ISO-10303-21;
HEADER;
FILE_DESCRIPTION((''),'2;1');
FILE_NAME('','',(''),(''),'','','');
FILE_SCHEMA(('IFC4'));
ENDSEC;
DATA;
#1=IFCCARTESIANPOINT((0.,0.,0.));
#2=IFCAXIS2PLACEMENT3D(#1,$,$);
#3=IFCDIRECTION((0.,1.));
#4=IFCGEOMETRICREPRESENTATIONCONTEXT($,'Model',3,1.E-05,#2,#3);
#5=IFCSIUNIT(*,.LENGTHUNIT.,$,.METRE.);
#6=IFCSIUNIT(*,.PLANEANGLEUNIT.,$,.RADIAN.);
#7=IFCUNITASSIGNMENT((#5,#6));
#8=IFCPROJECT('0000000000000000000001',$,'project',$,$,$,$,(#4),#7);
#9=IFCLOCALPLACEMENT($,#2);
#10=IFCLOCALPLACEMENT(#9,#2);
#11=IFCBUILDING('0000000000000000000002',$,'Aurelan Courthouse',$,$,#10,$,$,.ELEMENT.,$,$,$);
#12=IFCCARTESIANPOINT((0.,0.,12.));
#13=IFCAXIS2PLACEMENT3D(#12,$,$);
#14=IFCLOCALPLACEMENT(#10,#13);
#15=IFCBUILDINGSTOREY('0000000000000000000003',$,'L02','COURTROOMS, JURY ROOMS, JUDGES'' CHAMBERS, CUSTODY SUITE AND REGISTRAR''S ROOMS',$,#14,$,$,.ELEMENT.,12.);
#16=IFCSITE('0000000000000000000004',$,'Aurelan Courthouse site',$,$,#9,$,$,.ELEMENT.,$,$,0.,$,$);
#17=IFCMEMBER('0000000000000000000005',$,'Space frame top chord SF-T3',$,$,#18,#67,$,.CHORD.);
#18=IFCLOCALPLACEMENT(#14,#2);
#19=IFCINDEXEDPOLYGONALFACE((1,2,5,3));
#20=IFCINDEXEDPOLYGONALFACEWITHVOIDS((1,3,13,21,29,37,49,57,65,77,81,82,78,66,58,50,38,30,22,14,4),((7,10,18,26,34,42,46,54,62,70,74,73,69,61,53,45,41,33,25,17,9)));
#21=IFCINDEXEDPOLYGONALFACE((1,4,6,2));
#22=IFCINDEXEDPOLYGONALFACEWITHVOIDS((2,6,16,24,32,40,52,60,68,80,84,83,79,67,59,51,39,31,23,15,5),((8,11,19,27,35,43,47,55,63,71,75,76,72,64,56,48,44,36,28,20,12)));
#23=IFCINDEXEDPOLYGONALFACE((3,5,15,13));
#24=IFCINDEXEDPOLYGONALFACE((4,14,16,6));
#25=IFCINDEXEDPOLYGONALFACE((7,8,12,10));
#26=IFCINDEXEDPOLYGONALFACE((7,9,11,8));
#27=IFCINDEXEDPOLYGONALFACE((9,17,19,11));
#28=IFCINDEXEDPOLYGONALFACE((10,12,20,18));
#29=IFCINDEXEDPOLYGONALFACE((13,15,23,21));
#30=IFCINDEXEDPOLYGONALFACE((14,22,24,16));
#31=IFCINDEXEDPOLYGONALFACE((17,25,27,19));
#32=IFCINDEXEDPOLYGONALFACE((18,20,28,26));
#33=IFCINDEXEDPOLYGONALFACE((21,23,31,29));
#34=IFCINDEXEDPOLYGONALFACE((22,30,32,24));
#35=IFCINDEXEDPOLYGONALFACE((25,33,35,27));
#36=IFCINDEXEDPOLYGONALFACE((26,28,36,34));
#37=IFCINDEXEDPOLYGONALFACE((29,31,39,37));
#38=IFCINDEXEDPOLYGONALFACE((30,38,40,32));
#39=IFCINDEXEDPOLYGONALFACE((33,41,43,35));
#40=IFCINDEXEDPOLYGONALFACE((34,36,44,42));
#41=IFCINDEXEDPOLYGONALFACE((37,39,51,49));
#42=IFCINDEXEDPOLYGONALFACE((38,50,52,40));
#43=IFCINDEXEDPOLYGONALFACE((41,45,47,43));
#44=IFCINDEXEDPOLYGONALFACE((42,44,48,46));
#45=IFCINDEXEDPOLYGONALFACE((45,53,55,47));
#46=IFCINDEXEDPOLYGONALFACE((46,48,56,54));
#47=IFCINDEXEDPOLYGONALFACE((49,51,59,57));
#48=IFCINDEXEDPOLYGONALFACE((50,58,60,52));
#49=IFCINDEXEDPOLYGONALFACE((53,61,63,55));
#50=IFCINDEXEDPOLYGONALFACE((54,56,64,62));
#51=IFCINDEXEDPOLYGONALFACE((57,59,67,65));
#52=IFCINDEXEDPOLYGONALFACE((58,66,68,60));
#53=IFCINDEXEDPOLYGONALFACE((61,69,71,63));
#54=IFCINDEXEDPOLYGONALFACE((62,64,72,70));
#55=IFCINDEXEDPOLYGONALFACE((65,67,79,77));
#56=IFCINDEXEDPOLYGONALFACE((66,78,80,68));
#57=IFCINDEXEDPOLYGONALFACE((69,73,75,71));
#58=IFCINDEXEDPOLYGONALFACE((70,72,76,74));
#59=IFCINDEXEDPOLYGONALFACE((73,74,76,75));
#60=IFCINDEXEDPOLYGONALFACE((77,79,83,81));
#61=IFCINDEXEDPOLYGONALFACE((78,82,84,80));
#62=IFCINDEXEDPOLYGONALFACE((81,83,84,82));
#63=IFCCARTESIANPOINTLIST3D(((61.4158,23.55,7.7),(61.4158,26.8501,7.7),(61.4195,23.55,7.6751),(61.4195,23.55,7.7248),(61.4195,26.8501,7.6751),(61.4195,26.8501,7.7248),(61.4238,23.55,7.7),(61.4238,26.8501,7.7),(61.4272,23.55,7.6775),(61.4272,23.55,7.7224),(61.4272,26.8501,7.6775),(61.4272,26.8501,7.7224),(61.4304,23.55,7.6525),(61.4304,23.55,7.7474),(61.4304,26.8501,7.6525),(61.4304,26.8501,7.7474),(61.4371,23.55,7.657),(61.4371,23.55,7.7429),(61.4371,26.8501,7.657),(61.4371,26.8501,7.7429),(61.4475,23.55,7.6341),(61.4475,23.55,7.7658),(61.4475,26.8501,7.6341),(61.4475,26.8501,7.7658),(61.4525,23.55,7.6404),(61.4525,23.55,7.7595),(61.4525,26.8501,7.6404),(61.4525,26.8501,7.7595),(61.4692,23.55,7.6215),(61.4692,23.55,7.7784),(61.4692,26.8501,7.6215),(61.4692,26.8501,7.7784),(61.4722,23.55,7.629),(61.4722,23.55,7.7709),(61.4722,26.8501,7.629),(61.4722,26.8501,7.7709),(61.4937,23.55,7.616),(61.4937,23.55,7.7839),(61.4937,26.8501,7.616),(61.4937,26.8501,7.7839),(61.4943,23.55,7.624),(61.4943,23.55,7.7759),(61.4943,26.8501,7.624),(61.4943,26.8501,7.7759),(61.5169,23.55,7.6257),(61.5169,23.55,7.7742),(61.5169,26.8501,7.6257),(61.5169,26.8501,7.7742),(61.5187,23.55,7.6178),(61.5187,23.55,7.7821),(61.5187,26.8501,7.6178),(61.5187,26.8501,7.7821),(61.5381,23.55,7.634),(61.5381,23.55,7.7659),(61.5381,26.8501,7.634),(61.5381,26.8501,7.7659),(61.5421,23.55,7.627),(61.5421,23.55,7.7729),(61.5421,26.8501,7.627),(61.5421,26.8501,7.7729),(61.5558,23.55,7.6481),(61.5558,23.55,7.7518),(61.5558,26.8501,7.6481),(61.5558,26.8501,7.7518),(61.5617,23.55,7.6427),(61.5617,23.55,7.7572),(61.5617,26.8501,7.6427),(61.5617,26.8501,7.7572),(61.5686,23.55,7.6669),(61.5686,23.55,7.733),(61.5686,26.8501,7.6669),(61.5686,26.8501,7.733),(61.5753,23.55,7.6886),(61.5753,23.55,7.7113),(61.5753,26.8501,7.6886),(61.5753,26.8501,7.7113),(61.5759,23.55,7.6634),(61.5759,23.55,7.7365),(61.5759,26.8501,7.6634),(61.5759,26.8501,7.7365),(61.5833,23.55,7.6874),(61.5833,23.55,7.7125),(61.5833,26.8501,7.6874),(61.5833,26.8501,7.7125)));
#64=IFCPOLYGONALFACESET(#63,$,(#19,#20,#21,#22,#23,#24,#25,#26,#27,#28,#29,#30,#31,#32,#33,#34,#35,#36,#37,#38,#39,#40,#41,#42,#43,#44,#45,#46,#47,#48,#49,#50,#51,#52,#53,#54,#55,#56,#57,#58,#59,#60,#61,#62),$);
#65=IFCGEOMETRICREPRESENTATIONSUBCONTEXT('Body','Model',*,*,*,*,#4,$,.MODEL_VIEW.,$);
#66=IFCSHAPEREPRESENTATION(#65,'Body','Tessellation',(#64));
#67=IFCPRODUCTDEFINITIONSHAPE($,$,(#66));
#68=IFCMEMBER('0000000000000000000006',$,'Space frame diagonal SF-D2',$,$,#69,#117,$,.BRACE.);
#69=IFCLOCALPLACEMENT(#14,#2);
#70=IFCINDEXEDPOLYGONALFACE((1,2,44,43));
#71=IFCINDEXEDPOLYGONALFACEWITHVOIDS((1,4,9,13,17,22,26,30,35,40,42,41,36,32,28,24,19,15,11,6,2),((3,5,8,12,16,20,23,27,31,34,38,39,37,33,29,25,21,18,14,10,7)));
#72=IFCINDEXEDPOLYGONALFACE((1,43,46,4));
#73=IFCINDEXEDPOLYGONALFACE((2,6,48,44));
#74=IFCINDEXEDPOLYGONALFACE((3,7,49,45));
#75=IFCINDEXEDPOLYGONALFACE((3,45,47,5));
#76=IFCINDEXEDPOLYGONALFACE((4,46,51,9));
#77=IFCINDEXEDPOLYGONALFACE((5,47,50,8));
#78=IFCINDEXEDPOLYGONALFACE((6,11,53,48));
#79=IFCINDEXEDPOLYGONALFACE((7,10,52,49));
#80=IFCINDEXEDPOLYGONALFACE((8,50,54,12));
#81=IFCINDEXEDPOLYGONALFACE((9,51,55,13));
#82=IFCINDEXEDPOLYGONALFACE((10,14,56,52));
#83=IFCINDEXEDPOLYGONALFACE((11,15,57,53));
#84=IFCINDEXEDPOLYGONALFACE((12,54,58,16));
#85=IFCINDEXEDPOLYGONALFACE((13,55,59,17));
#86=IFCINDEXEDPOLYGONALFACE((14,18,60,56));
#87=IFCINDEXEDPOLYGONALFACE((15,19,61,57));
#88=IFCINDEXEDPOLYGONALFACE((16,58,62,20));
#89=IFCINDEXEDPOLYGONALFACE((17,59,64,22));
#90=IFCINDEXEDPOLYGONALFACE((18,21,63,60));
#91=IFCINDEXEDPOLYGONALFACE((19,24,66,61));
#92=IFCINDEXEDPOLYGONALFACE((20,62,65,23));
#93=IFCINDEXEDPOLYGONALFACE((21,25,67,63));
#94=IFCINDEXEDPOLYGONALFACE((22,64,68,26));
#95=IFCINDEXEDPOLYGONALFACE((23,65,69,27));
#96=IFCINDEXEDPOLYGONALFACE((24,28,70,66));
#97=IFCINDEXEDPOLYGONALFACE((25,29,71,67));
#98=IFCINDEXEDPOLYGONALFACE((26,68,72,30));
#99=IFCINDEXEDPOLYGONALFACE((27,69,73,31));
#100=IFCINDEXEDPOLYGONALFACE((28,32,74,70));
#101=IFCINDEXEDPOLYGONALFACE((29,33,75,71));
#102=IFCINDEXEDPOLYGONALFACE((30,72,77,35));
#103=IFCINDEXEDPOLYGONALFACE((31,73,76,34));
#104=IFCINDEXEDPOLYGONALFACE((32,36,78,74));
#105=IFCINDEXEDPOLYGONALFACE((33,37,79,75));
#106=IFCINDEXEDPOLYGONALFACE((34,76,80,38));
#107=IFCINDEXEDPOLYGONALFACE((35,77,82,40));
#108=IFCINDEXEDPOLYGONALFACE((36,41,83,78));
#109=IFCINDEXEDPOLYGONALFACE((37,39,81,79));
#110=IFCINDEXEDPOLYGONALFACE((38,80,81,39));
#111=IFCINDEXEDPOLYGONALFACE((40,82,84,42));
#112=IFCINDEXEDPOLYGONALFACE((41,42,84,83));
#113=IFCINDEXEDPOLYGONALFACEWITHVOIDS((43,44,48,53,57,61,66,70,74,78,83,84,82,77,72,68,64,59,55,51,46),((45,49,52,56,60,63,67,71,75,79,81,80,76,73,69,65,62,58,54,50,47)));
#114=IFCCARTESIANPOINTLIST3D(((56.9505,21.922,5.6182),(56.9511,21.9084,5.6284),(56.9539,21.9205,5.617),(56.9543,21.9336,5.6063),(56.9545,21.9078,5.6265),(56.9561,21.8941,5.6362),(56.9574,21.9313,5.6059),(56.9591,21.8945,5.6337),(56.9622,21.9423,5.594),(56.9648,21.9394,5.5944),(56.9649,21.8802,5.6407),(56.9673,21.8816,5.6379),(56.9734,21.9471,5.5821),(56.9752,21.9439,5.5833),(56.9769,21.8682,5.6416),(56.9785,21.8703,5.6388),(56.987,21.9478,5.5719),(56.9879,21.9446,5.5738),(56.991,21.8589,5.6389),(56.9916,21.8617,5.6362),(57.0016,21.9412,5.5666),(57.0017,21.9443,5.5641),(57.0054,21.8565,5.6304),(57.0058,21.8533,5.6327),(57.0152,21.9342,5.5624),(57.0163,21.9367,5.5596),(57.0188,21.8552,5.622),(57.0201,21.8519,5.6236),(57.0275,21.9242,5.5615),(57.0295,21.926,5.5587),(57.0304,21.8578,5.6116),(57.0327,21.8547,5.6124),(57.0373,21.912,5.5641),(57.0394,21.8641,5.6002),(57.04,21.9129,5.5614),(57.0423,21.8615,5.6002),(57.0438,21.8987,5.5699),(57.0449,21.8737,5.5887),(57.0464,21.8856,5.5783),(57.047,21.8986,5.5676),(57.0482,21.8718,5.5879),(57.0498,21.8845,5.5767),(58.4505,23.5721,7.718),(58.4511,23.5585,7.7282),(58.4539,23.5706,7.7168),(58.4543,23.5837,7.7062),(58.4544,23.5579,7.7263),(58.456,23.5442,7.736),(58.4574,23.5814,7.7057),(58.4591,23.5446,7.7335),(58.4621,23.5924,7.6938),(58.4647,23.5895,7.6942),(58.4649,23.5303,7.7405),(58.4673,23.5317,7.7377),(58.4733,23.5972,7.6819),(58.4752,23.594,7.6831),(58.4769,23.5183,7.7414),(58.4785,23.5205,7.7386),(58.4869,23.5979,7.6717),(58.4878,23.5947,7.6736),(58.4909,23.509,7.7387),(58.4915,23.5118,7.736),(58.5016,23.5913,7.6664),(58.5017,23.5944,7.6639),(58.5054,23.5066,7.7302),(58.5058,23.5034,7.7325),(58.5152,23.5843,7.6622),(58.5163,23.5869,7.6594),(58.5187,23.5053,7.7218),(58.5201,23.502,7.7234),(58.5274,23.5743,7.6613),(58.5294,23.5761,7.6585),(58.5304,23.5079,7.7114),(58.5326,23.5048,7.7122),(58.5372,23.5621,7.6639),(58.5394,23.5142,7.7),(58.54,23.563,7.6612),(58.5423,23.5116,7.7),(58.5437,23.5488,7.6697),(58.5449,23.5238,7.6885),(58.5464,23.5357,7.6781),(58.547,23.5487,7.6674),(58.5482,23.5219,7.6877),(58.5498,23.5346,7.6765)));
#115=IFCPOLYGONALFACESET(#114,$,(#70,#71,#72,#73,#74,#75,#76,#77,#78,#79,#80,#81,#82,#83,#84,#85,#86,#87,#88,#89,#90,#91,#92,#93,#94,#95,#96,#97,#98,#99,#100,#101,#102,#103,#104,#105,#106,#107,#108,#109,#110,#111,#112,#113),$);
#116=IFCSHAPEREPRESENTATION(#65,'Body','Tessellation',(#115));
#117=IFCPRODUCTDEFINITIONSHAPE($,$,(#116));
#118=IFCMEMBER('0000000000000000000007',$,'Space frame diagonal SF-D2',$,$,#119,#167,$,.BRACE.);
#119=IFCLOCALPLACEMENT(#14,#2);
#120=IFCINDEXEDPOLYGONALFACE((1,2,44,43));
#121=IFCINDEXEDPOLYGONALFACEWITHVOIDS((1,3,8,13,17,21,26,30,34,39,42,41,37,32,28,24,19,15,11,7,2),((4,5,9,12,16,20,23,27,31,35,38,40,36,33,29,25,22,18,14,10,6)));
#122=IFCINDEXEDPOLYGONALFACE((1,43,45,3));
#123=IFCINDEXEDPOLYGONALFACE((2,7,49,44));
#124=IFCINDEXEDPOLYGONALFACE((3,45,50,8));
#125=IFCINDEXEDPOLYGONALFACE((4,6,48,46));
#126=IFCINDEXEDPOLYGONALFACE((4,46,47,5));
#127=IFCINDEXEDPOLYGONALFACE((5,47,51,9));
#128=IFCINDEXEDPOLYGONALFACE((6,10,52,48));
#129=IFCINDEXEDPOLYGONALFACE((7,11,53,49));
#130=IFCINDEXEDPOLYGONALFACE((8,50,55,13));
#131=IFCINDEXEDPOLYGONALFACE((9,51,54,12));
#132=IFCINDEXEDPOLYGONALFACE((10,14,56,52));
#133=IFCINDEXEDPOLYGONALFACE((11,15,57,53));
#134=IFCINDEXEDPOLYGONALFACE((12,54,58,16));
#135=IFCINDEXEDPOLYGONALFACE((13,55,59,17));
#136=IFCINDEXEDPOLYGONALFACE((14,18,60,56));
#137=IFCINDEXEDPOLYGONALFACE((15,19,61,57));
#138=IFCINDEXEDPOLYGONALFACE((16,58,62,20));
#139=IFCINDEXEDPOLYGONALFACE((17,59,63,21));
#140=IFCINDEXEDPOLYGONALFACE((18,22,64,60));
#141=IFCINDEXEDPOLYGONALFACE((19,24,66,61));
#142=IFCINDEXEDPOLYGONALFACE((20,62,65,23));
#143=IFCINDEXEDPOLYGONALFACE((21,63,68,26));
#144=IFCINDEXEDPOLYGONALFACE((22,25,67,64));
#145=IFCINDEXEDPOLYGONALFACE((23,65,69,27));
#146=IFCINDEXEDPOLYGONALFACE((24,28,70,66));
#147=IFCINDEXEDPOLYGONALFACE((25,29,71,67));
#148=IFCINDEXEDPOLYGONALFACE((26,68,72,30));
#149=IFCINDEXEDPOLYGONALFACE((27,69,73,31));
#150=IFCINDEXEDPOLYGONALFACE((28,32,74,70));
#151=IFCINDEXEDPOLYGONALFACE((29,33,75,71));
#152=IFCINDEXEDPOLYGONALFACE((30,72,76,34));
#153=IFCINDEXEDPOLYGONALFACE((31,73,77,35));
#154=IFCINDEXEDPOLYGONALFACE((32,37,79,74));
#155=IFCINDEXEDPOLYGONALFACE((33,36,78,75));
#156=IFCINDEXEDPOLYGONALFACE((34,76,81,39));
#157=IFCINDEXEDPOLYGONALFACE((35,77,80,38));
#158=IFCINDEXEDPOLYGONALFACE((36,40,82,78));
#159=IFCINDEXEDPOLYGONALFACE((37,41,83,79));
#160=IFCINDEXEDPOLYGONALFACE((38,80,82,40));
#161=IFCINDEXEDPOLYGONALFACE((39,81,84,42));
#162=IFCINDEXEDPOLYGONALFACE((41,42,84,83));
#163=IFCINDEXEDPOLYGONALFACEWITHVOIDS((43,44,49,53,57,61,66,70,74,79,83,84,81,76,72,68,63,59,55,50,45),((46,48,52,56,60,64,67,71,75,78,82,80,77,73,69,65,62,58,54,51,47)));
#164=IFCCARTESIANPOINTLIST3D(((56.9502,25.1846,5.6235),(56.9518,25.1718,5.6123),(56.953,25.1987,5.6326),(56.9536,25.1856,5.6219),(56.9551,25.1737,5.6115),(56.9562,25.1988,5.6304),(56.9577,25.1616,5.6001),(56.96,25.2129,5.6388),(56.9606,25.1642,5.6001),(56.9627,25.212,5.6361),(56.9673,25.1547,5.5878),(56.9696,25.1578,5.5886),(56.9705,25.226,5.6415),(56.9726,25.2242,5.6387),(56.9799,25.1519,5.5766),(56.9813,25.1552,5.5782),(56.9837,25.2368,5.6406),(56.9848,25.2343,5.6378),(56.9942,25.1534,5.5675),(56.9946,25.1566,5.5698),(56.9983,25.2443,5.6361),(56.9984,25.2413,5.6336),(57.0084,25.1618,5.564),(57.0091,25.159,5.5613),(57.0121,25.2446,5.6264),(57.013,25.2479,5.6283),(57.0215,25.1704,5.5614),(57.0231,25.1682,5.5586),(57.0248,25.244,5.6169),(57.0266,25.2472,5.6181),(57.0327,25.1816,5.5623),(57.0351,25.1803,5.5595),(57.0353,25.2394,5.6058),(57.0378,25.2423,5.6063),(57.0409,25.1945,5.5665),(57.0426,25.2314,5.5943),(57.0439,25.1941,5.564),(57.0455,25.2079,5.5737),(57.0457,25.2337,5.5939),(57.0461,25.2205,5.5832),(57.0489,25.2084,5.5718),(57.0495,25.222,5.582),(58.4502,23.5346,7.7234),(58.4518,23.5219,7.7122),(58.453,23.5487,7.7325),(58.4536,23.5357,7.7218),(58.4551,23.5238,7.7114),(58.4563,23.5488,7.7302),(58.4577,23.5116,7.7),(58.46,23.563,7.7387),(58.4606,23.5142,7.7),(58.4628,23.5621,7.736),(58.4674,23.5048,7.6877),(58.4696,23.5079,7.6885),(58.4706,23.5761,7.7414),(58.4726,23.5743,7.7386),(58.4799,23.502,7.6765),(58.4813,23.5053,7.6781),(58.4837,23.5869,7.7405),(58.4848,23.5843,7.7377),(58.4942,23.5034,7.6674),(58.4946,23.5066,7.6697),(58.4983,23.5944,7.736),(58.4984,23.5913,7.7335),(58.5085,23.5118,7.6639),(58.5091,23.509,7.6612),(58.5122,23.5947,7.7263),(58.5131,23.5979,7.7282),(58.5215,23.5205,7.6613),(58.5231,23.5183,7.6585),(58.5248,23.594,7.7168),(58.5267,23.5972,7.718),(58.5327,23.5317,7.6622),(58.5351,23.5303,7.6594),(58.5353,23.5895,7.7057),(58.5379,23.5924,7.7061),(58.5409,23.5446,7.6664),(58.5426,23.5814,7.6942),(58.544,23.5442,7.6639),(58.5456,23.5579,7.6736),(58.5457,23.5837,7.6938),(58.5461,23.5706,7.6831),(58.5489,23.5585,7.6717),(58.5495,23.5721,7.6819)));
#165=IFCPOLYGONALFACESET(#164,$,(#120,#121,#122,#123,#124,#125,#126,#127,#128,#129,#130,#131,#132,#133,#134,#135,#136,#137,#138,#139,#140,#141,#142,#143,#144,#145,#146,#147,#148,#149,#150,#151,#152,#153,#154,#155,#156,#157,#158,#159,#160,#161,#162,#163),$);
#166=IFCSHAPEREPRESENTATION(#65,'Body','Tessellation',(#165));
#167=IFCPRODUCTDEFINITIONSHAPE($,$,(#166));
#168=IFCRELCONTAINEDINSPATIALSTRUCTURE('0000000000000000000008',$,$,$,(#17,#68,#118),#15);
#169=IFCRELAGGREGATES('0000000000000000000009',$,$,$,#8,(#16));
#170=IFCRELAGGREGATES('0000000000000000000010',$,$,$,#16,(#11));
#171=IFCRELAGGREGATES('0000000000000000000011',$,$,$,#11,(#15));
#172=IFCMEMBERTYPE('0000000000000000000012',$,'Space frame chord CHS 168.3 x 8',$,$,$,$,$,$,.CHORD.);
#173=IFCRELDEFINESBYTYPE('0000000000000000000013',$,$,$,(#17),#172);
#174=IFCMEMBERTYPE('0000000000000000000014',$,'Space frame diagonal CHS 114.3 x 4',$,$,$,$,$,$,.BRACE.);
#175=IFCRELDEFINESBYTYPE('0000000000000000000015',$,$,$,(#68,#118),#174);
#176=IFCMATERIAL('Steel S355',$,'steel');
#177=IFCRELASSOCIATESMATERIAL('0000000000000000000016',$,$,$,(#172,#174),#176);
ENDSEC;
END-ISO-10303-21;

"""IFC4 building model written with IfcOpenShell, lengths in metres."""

from ifc_helpers import new_model, si_unit, direction, frame, origin, origin_2d, place, context, subcontext, project, spatial, hollow_circle, extrude, material, material_profile, profile_set, type_object, element, save


model = new_model("IFC4")

# Units and contexts
model_context = context("Model", 3, precision=1e-05, world=origin(), true_north=direction((0.0, 1.0)))
body_context = subcontext(model_context, "Body", "Model", "MODEL_VIEW")
ifc_project = project(units=[si_unit("LENGTHUNIT", "METRE"), si_unit("PLANEANGLEUNIT", "RADIAN")], contexts=[model_context])

# Site, building, storey
site_placement = place(None, origin())
site = spatial("IfcSite", under=ifc_project, at=site_placement, Name="Aurelan Courthouse site", CompositionType="ELEMENT", RefElevation=0.0)
building_placement = place(site_placement, origin())
building = spatial("IfcBuilding", under=site, at=building_placement, Name="Aurelan Courthouse", CompositionType="ELEMENT")
storey_placement = place(building_placement, frame((0.0, 0.0, 12.0)))
storey = spatial("IfcBuildingStorey", under=building, at=storey_placement, Name="L02", Description="COURTROOMS, JURY ROOMS, JUDGES' CHAMBERS, CUSTODY SUITE AND REGISTRAR'S ROOMS", CompositionType="ELEMENT", Elevation=12.0)

# Members
ifc_material_1 = material(Name="Steel S355", Category="steel")
ifc_material_profile_1 = material_profile(ifc_material_1, hollow_circle(Radius=0.0842, WallThickness=0.0081, at=origin_2d()), Name="CHS 168.3 x 8")
ifc_profile_set_1 = profile_set([ifc_material_profile_1], Name="Steel S355")
member_type_1 = type_object("IfcMemberType", Name="Space frame chord CHS 168.3 x 8", PredefinedType="CHORD", material=ifc_profile_set_1)
for number, where, z_axis, x_axis, name in (
    (1, (61.5, 23.55, 7.7), (0.0, 1.0, 0.0), (-1.0, 0.0, 0.0), "Space frame top chord SF-T3"),
):
    element("IfcMember", number, at=place(storey_placement, frame(where, z_axis=z_axis, x_axis=x_axis)), inside=storey, type_object=member_type_1, Name=name, PredefinedType="CHORD", context=body_context, shape_type="SweptSolid", body=[
        extrude(hollow_circle(Radius=0.0842, WallThickness=0.0081, at=origin_2d()), origin(), (0.0, 0.0, 1.0), 3.3),
    ])
ifc_material_profile_2 = material_profile(ifc_material_1, hollow_circle(Radius=0.0571, WallThickness=0.0039, at=origin_2d()), Name="CHS 114.3 x 4")
ifc_profile_set_2 = profile_set([ifc_material_profile_2], Name="Steel S355")
member_type_2 = type_object("IfcMemberType", Name="Space frame diagonal CHS 114.3 x 4", PredefinedType="BRACE", material=ifc_profile_set_2)
for number, where, z_axis, x_axis, name in (
    (2, (58.5, 23.55, 7.7), (-0.489706, -0.538724, -0.68554), (0.73997, -0.67264, 0.0), "Space frame diagonal SF-D2"),
    (3, (58.5, 23.55, 7.7), (-0.489727, 0.538667, -0.685569), (-0.73992, -0.672695, 0.0), "Space frame diagonal SF-D2"),
):
    element("IfcMember", number, at=place(storey_placement, frame(where, z_axis=z_axis, x_axis=x_axis)), inside=storey, type_object=member_type_2, Name=name, PredefinedType="BRACE", context=body_context, shape_type="SweptSolid", body=[
        extrude(hollow_circle(Radius=0.0571, WallThickness=0.0039, at=origin_2d()), origin(), (0.0, 0.0, 1.0), 3.063),
    ])

save(model, "model.ifc")
